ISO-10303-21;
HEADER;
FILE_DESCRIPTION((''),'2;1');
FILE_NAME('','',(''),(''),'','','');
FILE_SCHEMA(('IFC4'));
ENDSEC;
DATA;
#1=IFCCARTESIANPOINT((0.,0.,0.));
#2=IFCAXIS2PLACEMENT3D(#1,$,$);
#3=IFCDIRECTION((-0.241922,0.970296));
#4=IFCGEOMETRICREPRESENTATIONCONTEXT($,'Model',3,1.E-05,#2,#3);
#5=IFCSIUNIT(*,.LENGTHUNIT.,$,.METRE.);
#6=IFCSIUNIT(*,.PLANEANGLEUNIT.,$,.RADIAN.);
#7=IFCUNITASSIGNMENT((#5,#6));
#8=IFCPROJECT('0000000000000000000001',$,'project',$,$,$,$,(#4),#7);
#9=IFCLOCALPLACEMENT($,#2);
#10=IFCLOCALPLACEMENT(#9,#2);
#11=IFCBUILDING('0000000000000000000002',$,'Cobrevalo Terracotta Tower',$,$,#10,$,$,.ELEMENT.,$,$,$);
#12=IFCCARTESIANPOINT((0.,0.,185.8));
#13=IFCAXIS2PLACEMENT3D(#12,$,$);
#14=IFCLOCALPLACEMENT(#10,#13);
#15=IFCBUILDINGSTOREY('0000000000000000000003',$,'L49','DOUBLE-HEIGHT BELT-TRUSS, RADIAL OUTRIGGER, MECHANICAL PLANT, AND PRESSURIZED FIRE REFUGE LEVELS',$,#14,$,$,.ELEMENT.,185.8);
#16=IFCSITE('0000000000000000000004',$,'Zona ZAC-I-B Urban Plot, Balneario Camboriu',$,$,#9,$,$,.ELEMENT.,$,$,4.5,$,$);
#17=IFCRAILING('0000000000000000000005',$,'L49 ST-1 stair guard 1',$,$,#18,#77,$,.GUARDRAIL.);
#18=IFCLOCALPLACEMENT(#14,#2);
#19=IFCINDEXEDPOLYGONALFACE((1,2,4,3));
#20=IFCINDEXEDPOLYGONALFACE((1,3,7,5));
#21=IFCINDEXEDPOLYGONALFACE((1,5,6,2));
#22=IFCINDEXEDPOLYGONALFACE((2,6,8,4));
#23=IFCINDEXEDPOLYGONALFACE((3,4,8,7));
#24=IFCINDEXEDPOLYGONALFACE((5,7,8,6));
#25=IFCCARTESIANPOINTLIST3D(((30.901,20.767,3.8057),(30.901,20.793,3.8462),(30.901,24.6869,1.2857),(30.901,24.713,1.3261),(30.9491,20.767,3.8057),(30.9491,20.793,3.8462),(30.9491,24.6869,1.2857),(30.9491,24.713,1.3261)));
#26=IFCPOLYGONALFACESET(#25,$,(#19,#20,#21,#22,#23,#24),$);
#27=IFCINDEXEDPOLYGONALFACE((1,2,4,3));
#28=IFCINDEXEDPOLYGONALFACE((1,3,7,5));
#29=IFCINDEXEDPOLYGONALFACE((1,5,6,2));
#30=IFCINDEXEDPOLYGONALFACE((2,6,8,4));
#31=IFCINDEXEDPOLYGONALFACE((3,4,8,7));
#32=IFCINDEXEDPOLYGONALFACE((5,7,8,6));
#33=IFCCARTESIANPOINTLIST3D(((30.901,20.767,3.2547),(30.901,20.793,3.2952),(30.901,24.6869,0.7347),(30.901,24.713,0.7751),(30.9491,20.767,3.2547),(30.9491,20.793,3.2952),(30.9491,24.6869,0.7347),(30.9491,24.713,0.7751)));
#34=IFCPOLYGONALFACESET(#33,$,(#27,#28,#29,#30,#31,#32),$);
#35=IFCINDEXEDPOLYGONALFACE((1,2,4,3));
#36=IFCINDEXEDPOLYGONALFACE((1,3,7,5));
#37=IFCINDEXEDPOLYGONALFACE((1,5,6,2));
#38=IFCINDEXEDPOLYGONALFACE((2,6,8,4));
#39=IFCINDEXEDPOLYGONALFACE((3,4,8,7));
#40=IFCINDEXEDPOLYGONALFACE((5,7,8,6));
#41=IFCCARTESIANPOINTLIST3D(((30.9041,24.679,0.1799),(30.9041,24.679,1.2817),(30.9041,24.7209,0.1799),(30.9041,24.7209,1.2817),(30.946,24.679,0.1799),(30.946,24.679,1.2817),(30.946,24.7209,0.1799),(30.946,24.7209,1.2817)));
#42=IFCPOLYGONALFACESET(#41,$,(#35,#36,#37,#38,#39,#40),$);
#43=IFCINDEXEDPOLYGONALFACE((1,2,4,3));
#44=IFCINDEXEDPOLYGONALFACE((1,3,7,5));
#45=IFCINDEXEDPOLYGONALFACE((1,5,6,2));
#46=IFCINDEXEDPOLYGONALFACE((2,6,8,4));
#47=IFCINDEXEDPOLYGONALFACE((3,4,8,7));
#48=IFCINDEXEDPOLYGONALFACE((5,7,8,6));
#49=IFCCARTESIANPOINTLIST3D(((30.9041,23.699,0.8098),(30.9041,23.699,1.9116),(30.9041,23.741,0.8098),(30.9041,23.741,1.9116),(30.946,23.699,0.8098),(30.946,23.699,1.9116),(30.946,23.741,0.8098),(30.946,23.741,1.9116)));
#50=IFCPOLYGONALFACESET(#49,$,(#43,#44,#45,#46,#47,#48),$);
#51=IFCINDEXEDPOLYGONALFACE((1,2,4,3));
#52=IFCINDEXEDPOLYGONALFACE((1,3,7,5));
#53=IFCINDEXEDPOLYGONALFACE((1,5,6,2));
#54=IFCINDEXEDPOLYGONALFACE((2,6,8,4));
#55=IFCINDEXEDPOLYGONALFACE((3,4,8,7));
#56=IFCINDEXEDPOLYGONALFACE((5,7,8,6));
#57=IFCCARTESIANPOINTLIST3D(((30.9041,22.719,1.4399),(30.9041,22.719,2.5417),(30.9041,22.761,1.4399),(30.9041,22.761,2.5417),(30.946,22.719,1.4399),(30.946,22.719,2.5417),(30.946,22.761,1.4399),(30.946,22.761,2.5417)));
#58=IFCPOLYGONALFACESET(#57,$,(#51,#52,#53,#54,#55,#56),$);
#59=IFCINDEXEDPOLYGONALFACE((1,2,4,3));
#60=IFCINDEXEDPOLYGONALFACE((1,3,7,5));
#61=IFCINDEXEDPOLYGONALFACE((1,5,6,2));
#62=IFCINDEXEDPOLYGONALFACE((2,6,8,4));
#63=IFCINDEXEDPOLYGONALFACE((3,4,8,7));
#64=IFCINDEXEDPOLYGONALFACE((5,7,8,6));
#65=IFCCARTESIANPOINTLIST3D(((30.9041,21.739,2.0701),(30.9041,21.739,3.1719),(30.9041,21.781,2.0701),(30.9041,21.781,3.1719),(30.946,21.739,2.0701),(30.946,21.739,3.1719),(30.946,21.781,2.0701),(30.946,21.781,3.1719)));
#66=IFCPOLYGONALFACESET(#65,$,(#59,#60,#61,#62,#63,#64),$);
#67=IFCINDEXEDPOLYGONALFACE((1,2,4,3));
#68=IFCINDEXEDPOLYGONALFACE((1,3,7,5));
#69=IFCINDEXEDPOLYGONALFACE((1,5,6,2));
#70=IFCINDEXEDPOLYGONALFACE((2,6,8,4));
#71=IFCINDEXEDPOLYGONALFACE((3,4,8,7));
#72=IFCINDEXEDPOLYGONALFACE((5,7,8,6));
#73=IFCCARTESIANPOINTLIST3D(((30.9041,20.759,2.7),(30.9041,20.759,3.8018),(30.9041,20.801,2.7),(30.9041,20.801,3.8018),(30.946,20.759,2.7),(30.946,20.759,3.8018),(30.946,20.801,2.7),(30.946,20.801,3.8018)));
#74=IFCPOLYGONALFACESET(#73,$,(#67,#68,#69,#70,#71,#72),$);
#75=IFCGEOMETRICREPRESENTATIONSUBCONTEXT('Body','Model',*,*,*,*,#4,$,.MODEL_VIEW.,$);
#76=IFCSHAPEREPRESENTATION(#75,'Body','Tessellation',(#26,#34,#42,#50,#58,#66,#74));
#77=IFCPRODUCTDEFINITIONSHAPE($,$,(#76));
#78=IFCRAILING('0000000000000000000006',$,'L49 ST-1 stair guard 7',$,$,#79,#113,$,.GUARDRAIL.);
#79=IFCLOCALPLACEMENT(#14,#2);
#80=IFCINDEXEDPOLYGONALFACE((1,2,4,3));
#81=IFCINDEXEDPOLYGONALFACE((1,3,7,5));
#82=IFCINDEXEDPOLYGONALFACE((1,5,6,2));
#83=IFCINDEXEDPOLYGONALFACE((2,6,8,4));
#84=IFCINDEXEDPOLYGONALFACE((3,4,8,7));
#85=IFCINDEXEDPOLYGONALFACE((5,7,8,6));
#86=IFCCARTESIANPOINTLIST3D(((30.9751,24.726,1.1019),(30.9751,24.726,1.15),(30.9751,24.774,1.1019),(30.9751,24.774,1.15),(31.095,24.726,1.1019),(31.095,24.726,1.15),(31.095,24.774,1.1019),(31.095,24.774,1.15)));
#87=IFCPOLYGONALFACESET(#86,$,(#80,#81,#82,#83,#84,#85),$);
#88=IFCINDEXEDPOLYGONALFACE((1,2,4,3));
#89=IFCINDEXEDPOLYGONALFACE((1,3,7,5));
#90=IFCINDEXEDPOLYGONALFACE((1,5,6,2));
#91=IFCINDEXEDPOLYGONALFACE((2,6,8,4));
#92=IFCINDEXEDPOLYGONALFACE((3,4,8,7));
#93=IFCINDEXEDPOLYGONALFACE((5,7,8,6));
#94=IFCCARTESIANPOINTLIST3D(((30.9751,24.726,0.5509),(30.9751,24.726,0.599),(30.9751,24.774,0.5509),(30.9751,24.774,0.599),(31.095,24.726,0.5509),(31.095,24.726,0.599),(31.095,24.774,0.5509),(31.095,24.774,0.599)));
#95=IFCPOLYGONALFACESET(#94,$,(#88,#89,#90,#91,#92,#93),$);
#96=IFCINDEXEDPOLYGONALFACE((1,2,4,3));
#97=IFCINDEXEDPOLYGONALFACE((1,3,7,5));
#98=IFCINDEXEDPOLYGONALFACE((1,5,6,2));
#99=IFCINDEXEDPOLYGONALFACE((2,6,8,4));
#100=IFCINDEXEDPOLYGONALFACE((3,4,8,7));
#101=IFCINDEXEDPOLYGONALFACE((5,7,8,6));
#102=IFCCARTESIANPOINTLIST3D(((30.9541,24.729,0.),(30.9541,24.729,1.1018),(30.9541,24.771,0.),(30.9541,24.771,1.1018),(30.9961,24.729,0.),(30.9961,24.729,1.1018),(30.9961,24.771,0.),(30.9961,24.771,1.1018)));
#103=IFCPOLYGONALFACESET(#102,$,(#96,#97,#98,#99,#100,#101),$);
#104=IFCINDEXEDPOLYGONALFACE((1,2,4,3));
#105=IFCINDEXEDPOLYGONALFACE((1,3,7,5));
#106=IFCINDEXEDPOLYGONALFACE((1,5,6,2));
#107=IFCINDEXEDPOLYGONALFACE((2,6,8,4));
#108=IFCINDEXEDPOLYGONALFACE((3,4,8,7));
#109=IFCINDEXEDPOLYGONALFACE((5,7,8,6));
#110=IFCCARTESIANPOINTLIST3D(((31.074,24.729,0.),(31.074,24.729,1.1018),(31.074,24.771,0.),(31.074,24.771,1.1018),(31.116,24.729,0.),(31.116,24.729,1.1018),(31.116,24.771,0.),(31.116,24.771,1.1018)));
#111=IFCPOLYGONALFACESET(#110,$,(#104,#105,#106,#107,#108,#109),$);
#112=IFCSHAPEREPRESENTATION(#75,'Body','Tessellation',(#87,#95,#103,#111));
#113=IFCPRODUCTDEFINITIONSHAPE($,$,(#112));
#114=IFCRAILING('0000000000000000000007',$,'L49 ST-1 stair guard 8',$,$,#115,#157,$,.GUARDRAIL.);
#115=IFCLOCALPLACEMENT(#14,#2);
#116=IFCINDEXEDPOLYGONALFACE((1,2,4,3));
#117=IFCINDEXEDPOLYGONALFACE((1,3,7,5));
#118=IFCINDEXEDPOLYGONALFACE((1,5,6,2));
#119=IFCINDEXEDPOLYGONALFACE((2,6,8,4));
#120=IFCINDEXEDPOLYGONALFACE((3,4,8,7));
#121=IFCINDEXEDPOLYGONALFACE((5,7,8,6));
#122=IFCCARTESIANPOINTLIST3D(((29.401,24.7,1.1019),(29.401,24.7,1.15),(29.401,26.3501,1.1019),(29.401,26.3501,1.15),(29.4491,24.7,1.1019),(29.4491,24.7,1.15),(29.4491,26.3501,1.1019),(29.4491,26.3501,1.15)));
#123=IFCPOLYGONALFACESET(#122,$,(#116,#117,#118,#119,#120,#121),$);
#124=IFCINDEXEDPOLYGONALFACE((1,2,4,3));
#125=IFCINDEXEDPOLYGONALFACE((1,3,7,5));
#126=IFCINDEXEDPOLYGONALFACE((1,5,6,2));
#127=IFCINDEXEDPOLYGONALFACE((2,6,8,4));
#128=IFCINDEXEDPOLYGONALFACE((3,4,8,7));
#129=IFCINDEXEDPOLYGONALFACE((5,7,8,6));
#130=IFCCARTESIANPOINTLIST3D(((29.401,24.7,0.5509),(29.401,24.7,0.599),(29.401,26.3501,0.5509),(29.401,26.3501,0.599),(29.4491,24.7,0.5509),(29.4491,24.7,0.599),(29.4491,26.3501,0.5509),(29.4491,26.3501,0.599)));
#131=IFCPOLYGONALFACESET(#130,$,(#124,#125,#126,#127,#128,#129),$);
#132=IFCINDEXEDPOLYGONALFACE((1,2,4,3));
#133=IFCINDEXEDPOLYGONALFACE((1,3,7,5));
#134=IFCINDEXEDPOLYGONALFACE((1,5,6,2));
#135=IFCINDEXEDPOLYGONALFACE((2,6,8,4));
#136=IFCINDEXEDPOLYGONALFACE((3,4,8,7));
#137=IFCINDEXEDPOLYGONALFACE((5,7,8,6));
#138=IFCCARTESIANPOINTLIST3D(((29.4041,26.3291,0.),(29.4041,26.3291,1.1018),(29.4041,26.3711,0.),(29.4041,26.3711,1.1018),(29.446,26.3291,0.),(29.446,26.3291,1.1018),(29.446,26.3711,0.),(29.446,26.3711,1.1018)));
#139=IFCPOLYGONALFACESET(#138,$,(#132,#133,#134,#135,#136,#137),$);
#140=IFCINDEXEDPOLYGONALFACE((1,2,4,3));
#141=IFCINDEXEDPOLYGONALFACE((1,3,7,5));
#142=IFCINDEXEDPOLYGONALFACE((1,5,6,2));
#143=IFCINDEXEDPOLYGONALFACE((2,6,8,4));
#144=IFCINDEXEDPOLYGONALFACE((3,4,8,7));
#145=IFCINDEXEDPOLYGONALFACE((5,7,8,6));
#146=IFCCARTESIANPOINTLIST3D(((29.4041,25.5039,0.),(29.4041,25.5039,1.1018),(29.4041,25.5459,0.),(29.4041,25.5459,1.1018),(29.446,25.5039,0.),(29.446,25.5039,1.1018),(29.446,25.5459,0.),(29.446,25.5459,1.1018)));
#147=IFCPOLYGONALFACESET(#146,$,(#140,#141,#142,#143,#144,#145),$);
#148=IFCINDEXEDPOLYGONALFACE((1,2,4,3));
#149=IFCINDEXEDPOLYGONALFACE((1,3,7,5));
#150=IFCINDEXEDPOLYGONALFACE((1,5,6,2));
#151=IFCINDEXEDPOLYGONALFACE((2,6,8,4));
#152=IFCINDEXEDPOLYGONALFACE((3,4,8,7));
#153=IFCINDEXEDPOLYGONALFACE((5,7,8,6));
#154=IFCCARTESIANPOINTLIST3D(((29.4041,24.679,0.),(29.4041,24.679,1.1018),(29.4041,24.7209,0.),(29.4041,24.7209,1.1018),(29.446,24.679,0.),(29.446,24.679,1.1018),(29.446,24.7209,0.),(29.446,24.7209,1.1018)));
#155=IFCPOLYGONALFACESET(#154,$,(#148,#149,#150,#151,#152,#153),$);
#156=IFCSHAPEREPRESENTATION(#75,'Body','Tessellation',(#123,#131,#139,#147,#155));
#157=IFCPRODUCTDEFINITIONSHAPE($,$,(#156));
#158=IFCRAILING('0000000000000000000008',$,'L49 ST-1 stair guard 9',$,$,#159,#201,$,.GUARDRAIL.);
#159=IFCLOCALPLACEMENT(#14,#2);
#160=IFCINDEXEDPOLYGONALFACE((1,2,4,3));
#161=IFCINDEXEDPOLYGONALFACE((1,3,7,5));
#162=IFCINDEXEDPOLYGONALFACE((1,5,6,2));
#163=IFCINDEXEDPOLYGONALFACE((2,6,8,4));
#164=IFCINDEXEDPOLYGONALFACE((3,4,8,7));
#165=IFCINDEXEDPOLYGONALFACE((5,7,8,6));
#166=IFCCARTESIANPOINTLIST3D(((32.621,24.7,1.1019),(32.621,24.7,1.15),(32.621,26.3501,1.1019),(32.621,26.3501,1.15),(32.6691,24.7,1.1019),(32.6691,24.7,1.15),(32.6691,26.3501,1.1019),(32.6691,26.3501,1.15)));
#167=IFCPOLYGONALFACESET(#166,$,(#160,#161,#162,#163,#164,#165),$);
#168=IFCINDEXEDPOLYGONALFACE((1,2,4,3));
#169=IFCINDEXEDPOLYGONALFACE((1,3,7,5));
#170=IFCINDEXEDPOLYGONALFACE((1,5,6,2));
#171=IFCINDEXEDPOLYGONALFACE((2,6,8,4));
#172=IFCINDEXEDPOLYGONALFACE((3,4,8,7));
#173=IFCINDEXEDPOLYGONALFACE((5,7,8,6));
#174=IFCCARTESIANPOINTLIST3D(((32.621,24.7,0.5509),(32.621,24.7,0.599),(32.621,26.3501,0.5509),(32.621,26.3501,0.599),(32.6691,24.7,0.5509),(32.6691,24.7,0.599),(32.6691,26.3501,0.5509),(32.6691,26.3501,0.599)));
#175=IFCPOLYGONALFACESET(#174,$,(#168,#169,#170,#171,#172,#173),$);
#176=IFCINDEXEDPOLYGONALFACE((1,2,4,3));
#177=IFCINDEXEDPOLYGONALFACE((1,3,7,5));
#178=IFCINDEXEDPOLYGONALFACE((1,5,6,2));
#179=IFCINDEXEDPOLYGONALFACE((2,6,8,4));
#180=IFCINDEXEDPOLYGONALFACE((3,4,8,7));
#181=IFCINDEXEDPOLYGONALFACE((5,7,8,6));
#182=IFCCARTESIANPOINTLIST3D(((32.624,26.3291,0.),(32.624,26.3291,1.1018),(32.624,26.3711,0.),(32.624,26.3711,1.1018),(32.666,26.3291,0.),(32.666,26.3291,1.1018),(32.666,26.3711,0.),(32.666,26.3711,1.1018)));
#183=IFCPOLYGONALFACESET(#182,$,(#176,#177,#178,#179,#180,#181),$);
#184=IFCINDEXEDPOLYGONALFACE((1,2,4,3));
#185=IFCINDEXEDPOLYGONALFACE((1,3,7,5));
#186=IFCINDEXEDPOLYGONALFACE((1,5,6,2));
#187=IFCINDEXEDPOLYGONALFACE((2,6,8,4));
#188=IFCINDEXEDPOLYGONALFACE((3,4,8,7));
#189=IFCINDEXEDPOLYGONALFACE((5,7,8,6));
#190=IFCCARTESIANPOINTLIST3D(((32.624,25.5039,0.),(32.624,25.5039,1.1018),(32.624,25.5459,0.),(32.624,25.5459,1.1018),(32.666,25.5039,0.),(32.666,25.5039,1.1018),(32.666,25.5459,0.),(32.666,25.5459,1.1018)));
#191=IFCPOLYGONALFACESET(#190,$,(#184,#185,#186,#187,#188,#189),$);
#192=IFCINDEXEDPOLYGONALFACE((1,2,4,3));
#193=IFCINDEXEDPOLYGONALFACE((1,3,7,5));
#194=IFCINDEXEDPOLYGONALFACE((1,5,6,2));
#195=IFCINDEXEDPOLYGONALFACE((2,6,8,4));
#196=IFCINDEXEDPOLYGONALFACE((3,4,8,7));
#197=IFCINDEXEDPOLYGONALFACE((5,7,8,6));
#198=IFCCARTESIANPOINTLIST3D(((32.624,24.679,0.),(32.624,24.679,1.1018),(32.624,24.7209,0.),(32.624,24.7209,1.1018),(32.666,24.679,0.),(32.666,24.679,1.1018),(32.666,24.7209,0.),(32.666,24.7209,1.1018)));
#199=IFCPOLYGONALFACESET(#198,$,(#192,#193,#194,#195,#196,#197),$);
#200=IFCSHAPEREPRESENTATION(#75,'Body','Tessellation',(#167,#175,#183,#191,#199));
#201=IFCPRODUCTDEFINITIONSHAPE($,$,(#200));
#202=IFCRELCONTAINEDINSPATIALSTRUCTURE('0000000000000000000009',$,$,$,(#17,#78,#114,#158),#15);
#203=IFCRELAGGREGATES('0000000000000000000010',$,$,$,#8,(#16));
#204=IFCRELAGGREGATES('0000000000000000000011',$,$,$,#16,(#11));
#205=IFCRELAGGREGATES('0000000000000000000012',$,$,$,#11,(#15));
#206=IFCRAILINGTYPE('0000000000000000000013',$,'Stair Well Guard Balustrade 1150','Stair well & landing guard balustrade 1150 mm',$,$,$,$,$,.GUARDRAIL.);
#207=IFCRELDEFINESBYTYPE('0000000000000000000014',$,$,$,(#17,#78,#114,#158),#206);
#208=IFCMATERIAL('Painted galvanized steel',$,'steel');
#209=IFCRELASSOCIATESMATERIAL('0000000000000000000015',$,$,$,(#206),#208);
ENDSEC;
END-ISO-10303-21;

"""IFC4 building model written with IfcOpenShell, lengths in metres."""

from ifc_helpers import new_model, si_unit, direction, frame, origin, origin_2d, place, context, subcontext, project, spatial, rectangle, extrude, material, type_object, element, save


model = new_model("IFC4")

# Units and contexts
model_context = context("Model", 3, precision=1e-05, world=origin(), true_north=direction((-0.241922, 0.970296)))
body_context = subcontext(model_context, "Body", "Model", "MODEL_VIEW")
ifc_project = project(units=[si_unit("LENGTHUNIT", "METRE"), si_unit("PLANEANGLEUNIT", "RADIAN")], contexts=[model_context])

# Site, building, storey
site_placement = place(None, origin())
site = spatial("IfcSite", under=ifc_project, at=site_placement, Name="Zona ZAC-I-B Urban Plot, Balneario Camboriu", CompositionType="ELEMENT", RefElevation=4.5)
building_placement = place(site_placement, origin())
building = spatial("IfcBuilding", under=site, at=building_placement, Name="Cobrevalo Terracotta Tower", CompositionType="ELEMENT")
storey_placement = place(building_placement, frame((0.0, 0.0, 185.8)))
storey = spatial("IfcBuildingStorey", under=building, at=storey_placement, Name="L49", Description="DOUBLE-HEIGHT BELT-TRUSS, RADIAL OUTRIGGER, MECHANICAL PLANT, AND PRESSURIZED FIRE REFUGE LEVELS", CompositionType="ELEMENT", Elevation=185.8)

# Railings
ifc_material_1 = material(Name="Painted galvanized steel", Category="steel")
railing_type = type_object("IfcRailingType", Name="Stair Well Guard Balustrade 1150", Description="Stair well & landing guard balustrade 1150 mm", PredefinedType="GUARDRAIL", material=ifc_material_1)
railing_1_placement = place(storey_placement, frame((30.925, 24.7, 0.1799)))
element("IfcRailing", 1, at=railing_1_placement, inside=storey, type_object=railing_type, Name="L49 ST-1 stair guard 1", PredefinedType="GUARDRAIL", context=body_context, shape_type="SweptSolid", body=[
    extrude(rectangle(XDim=0.0481, YDim=0.0481, at=origin_2d()), frame((0.0, 0.0, 1.126), z_axis=(0.0, -0.841172, 0.540768), x_axis=(1.0, 0.0, 0.0)), (0.0, 0.0, 1.0), 4.6602),
    extrude(rectangle(XDim=0.0481, YDim=0.0481, at=origin_2d()), frame((0.0, 0.0, 0.575), z_axis=(0.0, -0.841172, 0.540768), x_axis=(1.0, 0.0, 0.0)), (0.0, 0.0, 1.0), 4.6602),
    extrude(rectangle(XDim=0.042, YDim=0.042, at=origin_2d()), origin(), (0.0, 0.0, 1.0), 1.1018),
    extrude(rectangle(XDim=0.042, YDim=0.042, at=origin_2d()), frame((0.0, -0.98, 0.6299)), (0.0, 0.0, 1.0), 1.1018),
    extrude(rectangle(XDim=0.042, YDim=0.042, at=origin_2d()), frame((0.0, -1.96, 1.26)), (0.0, 0.0, 1.0), 1.1018),
    extrude(rectangle(XDim=0.042, YDim=0.042, at=origin_2d()), frame((0.0, -2.9399, 1.8901)), (0.0, 0.0, 1.0), 1.1018),
    extrude(rectangle(XDim=0.042, YDim=0.042, at=origin_2d()), frame((0.0, -3.9199, 2.52)), (0.0, 0.0, 1.0), 1.1018),
])
railing_2_placement = place(storey_placement, frame((30.9751, 24.75, 0.0)))
element("IfcRailing", 2, at=railing_2_placement, inside=storey, type_object=railing_type, Name="L49 ST-1 stair guard 7", PredefinedType="GUARDRAIL", context=body_context, shape_type="SweptSolid", body=[
    extrude(rectangle(XDim=0.0481, YDim=0.0481, at=origin_2d()), frame((0.0, 0.0, 1.126), z_axis=(1.0, 0.0, 0.0), x_axis=(0.0, 1.0, 0.0)), (0.0, 0.0, 1.0), 0.1199),
    extrude(rectangle(XDim=0.0481, YDim=0.0481, at=origin_2d()), frame((0.0, 0.0, 0.575), z_axis=(1.0, 0.0, 0.0), x_axis=(0.0, 1.0, 0.0)), (0.0, 0.0, 1.0), 0.1199),
    extrude(rectangle(XDim=0.042, YDim=0.042, at=origin_2d()), origin(), (0.0, 0.0, 1.0), 1.1018),
    extrude(rectangle(XDim=0.042, YDim=0.042, at=origin_2d()), frame((0.1199, 0.0, 0.0)), (0.0, 0.0, 1.0), 1.1018),
])
for number, where, name in (
    (3, (29.425, 26.3501, 0.0), "L49 ST-1 stair guard 8"),
    (4, (32.645, 26.3501, 0.0), "L49 ST-1 stair guard 9"),
):
    element("IfcRailing", number, at=place(storey_placement, frame(where)), inside=storey, type_object=railing_type, Name=name, PredefinedType="GUARDRAIL", context=body_context, shape_type="SweptSolid", body=[
        extrude(rectangle(XDim=0.0481, YDim=0.0481, at=origin_2d()), frame((0.0, 0.0, 1.126), z_axis=(0.0, -1.0, 0.0), x_axis=(1.0, 0.0, 0.0)), (0.0, 0.0, 1.0), 1.6501),
        extrude(rectangle(XDim=0.0481, YDim=0.0481, at=origin_2d()), frame((0.0, 0.0, 0.575), z_axis=(0.0, -1.0, 0.0), x_axis=(1.0, 0.0, 0.0)), (0.0, 0.0, 1.0), 1.6501),
        extrude(rectangle(XDim=0.042, YDim=0.042, at=origin_2d()), origin(), (0.0, 0.0, 1.0), 1.1018),
        extrude(rectangle(XDim=0.042, YDim=0.042, at=origin_2d()), frame((0.0, -0.8252, 0.0)), (0.0, 0.0, 1.0), 1.1018),
        extrude(rectangle(XDim=0.042, YDim=0.042, at=origin_2d()), frame((0.0, -1.6501, 0.0)), (0.0, 0.0, 1.0), 1.1018),
    ])

save(model, "model.ifc")
